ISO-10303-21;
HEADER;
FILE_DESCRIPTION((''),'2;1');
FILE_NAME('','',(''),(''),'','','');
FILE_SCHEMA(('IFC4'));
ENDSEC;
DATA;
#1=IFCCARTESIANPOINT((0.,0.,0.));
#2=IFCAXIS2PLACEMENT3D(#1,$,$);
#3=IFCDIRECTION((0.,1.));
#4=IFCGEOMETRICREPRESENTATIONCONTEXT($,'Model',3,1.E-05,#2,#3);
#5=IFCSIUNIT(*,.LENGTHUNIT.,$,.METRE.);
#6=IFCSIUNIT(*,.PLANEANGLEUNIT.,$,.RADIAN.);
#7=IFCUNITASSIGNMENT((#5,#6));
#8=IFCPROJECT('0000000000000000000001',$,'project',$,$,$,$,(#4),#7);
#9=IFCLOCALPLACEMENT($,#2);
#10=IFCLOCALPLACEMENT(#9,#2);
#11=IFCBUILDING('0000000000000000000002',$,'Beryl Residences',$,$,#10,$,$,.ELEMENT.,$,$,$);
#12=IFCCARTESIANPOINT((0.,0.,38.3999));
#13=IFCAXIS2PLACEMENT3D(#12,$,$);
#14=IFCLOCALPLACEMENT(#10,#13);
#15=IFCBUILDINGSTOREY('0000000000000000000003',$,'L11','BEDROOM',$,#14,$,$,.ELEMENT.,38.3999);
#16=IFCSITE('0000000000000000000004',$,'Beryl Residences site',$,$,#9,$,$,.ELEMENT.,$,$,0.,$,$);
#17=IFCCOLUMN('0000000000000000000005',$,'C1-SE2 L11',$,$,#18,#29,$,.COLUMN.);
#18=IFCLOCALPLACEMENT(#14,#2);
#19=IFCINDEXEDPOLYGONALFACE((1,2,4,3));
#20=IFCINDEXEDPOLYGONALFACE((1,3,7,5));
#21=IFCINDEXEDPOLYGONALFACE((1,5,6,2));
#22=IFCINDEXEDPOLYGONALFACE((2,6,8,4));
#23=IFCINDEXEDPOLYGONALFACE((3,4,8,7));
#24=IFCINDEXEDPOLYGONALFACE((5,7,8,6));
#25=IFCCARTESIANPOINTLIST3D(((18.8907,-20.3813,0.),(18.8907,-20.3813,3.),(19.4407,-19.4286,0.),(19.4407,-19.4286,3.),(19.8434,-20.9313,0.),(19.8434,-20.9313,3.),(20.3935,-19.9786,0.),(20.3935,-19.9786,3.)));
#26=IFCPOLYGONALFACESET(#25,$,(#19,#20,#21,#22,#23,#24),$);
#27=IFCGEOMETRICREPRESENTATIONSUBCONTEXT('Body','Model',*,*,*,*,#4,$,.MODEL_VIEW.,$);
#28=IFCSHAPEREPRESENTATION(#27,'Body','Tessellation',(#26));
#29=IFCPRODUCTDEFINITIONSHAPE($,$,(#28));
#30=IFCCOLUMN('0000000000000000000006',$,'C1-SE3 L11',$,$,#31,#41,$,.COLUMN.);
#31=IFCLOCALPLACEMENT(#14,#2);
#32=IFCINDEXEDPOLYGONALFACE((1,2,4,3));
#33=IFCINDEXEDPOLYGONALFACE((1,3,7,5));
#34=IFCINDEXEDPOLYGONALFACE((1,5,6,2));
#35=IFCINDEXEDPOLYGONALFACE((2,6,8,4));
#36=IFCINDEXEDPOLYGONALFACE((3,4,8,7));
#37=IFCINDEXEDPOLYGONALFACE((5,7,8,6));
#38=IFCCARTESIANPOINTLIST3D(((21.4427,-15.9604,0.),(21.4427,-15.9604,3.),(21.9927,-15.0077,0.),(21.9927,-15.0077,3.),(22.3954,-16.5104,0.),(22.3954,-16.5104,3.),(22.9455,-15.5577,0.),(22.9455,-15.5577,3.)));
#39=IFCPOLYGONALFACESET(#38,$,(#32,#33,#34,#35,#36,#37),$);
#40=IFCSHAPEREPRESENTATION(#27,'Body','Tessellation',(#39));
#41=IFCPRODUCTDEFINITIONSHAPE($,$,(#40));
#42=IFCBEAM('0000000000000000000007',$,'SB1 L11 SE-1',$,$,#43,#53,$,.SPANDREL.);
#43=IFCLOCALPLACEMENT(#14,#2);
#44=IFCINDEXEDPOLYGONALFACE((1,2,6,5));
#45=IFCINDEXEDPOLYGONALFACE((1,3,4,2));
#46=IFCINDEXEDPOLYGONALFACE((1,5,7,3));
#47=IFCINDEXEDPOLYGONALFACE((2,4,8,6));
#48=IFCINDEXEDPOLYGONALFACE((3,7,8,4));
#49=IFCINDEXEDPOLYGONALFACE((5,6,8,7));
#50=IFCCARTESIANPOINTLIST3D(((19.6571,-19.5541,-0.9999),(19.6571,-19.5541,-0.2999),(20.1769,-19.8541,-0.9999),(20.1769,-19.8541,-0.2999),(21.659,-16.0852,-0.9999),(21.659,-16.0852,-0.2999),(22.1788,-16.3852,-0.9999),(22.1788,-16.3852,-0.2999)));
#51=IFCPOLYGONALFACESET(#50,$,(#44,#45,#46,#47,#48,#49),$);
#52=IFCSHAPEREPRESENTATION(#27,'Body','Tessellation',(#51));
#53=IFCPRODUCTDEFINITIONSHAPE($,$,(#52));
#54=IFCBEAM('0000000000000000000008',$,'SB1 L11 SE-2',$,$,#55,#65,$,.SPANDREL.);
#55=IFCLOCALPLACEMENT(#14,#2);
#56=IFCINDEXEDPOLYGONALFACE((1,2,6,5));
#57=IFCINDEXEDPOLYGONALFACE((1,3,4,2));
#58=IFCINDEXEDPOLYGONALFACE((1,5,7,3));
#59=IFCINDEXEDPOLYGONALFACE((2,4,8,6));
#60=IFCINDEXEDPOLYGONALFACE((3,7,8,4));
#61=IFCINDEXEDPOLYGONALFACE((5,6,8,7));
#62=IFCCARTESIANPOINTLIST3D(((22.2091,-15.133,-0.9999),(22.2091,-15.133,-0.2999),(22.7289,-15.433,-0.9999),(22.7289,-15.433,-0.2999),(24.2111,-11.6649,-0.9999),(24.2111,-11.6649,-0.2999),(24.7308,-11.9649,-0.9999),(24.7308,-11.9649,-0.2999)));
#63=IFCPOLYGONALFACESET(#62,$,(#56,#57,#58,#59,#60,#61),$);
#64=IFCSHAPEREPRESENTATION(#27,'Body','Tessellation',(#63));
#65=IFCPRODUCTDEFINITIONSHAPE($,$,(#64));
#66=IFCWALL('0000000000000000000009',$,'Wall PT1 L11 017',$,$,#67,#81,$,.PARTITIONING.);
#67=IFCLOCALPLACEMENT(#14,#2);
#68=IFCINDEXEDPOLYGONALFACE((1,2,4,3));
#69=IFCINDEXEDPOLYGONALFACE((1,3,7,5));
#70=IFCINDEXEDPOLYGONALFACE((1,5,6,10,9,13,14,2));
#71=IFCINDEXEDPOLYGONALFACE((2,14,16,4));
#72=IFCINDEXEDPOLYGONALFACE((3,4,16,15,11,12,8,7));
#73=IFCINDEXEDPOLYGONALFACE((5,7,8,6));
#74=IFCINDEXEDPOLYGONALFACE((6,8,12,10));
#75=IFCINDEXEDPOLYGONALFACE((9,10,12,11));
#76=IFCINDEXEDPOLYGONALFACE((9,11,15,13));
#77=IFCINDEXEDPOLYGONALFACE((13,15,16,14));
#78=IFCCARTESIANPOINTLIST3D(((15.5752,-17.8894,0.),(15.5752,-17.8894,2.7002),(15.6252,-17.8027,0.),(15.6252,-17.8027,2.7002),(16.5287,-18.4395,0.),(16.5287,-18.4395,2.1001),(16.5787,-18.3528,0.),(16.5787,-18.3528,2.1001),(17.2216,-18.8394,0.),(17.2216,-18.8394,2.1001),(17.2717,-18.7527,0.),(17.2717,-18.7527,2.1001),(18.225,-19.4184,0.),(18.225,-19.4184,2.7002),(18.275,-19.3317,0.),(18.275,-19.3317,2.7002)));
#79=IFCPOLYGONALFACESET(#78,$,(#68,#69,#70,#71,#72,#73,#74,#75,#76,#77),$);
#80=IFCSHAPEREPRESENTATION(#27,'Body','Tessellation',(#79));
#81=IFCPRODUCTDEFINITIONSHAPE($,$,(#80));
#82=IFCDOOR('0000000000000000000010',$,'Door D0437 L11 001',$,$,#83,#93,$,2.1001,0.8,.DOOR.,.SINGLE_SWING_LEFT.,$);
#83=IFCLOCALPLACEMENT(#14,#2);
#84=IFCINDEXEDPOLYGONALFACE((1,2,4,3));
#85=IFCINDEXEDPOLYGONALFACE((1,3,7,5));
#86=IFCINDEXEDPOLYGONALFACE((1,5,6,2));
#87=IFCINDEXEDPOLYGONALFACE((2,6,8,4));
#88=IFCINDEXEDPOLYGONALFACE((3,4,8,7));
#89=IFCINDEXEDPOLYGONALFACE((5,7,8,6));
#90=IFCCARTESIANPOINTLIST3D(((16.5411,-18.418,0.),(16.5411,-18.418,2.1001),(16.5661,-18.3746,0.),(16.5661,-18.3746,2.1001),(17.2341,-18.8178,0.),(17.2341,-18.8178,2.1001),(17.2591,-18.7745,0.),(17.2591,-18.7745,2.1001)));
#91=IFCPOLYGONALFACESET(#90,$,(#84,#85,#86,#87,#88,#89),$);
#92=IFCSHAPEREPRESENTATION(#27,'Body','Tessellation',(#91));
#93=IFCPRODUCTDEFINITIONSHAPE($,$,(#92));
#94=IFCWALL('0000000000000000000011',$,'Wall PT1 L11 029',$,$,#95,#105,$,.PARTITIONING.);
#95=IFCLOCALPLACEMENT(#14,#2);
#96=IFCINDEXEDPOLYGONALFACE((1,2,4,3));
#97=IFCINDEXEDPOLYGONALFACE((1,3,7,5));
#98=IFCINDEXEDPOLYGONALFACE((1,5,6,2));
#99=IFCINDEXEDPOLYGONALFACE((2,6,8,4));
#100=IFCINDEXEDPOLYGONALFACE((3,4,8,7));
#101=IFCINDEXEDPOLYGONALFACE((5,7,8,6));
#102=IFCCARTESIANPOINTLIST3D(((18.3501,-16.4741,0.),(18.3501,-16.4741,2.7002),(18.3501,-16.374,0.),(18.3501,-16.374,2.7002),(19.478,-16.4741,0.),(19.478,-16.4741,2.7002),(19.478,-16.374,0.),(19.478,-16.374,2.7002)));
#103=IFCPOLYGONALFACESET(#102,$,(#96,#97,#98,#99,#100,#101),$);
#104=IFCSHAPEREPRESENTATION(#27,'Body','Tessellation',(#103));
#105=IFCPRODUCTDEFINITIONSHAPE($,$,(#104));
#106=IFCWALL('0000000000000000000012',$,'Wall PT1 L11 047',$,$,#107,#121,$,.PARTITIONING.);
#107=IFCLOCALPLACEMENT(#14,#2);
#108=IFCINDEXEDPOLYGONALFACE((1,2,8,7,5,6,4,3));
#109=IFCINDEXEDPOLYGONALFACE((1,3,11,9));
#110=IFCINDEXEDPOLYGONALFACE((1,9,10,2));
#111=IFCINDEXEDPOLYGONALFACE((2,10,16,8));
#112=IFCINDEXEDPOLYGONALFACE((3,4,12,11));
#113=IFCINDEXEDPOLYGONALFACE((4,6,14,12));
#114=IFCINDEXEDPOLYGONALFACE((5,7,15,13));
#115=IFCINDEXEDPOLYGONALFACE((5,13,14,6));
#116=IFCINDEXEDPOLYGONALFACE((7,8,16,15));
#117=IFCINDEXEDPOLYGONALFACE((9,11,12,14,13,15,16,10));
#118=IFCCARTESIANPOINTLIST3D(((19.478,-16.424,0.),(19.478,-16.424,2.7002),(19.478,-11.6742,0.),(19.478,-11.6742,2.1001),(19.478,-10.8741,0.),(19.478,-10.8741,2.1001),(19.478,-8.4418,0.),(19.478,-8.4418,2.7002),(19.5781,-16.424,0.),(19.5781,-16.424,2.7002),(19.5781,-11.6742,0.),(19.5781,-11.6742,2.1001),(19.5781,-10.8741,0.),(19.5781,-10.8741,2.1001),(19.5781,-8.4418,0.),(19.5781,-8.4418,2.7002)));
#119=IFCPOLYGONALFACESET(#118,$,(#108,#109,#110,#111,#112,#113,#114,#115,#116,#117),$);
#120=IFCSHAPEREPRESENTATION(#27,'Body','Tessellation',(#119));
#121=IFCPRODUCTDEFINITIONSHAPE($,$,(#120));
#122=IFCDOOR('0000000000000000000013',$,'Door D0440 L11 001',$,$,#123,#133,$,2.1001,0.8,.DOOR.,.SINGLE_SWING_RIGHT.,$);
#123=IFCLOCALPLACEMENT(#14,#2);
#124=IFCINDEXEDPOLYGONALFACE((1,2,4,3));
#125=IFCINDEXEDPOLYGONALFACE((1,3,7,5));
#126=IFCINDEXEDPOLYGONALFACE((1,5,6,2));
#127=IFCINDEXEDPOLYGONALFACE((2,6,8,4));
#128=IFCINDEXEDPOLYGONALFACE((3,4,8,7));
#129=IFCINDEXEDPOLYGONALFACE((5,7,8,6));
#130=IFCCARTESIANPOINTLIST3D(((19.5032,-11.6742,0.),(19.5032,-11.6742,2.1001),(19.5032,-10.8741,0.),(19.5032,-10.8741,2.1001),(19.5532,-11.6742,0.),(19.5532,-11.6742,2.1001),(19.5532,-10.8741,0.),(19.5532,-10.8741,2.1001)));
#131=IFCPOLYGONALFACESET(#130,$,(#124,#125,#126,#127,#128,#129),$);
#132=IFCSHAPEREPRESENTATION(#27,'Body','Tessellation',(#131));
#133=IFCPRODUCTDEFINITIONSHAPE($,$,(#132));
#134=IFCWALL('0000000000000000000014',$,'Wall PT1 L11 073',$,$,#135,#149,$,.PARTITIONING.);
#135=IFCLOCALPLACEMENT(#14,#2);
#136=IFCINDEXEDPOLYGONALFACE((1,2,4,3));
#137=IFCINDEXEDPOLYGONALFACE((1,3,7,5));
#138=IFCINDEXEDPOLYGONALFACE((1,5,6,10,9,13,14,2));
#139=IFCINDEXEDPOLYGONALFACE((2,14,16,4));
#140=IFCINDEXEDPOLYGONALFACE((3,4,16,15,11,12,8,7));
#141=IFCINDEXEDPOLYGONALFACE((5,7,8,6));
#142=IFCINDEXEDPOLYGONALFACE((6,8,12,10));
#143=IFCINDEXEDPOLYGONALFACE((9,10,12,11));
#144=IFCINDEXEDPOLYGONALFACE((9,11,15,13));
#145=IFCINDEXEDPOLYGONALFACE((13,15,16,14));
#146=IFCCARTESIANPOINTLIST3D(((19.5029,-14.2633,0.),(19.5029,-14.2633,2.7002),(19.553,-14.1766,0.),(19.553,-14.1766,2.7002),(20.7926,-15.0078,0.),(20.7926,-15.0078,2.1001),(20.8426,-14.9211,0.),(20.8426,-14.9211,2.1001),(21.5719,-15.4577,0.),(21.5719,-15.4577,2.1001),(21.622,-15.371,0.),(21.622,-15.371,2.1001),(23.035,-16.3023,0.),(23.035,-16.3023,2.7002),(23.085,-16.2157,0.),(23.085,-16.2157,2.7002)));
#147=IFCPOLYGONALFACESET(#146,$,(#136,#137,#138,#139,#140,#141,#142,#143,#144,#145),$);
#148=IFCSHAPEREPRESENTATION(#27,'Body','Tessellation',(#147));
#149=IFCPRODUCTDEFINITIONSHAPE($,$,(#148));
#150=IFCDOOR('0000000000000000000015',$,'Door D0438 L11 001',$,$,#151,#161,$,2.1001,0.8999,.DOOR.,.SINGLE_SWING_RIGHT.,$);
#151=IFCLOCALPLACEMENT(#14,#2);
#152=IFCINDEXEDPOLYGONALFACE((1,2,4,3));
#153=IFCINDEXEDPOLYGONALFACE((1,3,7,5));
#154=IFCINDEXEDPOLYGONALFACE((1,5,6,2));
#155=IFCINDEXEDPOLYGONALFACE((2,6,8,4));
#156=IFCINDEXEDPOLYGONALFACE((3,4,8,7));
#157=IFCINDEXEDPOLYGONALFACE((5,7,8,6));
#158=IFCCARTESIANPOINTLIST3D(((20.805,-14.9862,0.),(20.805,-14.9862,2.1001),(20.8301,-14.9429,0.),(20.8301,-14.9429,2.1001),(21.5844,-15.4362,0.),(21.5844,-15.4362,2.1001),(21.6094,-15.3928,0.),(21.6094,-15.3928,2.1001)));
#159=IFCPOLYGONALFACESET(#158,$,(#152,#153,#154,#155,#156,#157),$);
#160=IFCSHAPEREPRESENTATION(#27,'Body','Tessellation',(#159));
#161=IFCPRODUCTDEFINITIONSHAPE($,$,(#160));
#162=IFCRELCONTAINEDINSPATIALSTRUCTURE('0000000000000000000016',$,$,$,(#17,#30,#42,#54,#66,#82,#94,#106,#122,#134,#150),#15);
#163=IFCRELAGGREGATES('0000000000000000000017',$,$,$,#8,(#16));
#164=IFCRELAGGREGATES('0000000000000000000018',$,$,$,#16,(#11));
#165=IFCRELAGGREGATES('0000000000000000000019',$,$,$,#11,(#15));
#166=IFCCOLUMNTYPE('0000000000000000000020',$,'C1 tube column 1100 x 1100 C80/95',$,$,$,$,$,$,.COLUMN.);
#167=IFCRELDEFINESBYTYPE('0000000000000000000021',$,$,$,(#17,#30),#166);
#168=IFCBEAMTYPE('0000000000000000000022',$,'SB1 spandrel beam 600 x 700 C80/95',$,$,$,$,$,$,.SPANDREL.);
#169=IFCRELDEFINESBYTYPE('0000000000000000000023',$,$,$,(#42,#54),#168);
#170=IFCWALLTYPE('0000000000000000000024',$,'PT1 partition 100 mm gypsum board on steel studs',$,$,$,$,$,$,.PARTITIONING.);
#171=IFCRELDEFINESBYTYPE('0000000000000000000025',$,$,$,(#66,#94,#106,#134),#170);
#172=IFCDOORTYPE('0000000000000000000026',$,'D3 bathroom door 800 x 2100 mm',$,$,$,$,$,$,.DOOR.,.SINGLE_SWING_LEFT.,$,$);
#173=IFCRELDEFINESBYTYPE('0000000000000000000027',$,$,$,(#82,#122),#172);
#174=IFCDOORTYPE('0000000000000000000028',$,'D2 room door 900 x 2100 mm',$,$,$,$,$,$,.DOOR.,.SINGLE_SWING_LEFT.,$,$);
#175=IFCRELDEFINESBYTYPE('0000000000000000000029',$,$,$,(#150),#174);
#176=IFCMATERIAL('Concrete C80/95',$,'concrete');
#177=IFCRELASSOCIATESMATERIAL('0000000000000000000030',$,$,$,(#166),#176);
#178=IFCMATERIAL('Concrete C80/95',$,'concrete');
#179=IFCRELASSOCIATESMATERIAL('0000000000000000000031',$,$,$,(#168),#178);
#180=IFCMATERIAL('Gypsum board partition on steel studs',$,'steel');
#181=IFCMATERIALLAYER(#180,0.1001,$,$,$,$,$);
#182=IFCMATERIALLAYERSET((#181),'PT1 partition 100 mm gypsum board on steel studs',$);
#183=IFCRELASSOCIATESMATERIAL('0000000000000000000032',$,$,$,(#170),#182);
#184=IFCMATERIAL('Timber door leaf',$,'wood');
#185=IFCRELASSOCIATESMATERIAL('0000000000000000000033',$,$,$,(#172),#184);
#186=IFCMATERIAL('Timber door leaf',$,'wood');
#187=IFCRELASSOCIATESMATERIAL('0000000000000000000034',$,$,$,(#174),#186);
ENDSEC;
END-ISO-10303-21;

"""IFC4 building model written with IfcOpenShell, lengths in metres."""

from ifc_helpers import new_model, si_unit, direction, frame, frame_2d, origin, origin_2d, place, context, subcontext, project, spatial, rectangle, extrude, material, layer, layer_set, material_profile, profile_set, type_object, element, fill, save


model = new_model("IFC4")

# Units and contexts
model_context = context("Model", 3, precision=1e-05, world=origin(), true_north=direction((0.0, 1.0)))
body_context = subcontext(model_context, "Body", "Model", "MODEL_VIEW")
ifc_project = project(units=[si_unit("LENGTHUNIT", "METRE"), si_unit("PLANEANGLEUNIT", "RADIAN")], contexts=[model_context])

# Site, building, storey
site_placement = place(None, origin())
site = spatial("IfcSite", under=ifc_project, at=site_placement, Name="Beryl Residences site", CompositionType="ELEMENT", RefElevation=0.0)
building_placement = place(site_placement, origin())
building = spatial("IfcBuilding", under=site, at=building_placement, Name="Beryl Residences", CompositionType="ELEMENT")
storey_placement = place(building_placement, frame((0.0, 0.0, 38.3999)))
storey = spatial("IfcBuildingStorey", under=building, at=storey_placement, Name="L11", Description="BEDROOM", CompositionType="ELEMENT", Elevation=38.3999)

# Columns
ifc_material_1 = material(Name="Concrete C80/95", Category="concrete")
ifc_material_profile_1 = material_profile(ifc_material_1, rectangle(XDim=1.1001, YDim=1.1001, at=origin_2d()))
ifc_profile_set_1 = profile_set([ifc_material_profile_1], Name="Concrete C80/95")
column_type = type_object("IfcColumnType", Name="C1 tube column 1100 x 1100 C80/95", PredefinedType="COLUMN", material=ifc_profile_set_1)
for number, where, z_axis, x_axis, name in (
    (1, (19.6421, -20.1799, 0.0), (0.0, 0.0, 1.0), (0.499985, 0.866034, 0.0), "C1-SE2 L11"),
    (2, (22.1941, -15.759, 0.0), (0.0, 0.0, 1.0), (0.499985, 0.866034, 0.0), "C1-SE3 L11"),
):
    element("IfcColumn", number, at=place(storey_placement, frame(where, z_axis=z_axis, x_axis=x_axis)), inside=storey, type_object=column_type, Name=name, PredefinedType="COLUMN", context=body_context, shape_type="SweptSolid", body=[
        extrude(rectangle(XDim=1.1001, YDim=1.1001, at=origin_2d()), origin(), (0.0, 0.0, 1.0), 3.0),
    ])

# Beams
ifc_material_2 = material(Name="Concrete C80/95", Category="concrete")
ifc_material_profile_2 = material_profile(ifc_material_2, rectangle(XDim=0.6001, YDim=0.7, at=origin_2d()))
ifc_profile_set_2 = profile_set([ifc_material_profile_2], Name="Concrete C80/95")
beam_type = type_object("IfcBeamType", Name="SB1 spandrel beam 600 x 700 C80/95", PredefinedType="SPANDREL", material=ifc_profile_set_2)
beam_1_placement = place(storey_placement, frame((19.917, -19.7041, -0.6499), z_axis=(0.499837, 0.86612, 0.0), x_axis=(-0.86612, 0.499837, 0.0)))
element("IfcBeam", 3, at=beam_1_placement, inside=storey, type_object=beam_type, Name="SB1 L11 SE-1", PredefinedType="SPANDREL", context=body_context, shape_type="SweptSolid", body=[
    extrude(rectangle(XDim=0.6001, YDim=0.7, at=origin_2d()), origin(), (0.0, 0.0, 1.0), 4.0051),
])
beam_2_placement = place(storey_placement, frame((22.469, -15.283, -0.6499), z_axis=(0.499942, 0.866059, 0.0), x_axis=(-0.866059, 0.499942, 0.0)))
element("IfcBeam", 4, at=beam_2_placement, inside=storey, type_object=beam_type, Name="SB1 L11 SE-2", PredefinedType="SPANDREL", context=body_context, shape_type="SweptSolid", body=[
    extrude(rectangle(XDim=0.6001, YDim=0.7, at=origin_2d()), origin(), (0.0, 0.0, 1.0), 4.0044),
])

# Wall, opening, door
ifc_material_3 = material(Name="Gypsum board partition on steel studs", Category="steel")
ifc_layer = layer(ifc_material_3, 0.1001)
ifc_layer_set = layer_set([ifc_layer], Name="PT1 partition 100 mm gypsum board on steel studs")
wall_type = type_object("IfcWallType", Name="PT1 partition 100 mm gypsum board on steel studs", PredefinedType="PARTITIONING", material=ifc_layer_set)
wall_1_placement = place(storey_placement, frame((15.6001, -17.8459, 0.0), z_axis=(0.0, 0.0, 1.0), x_axis=(0.866148, -0.499787, 0.0)))
wall_1 = element("IfcWall", 5, at=wall_1_placement, inside=storey, type_object=wall_type, Name="Wall PT1 L11 017", PredefinedType="PARTITIONING", context=body_context, shape_type="SweptSolid", body=[
    extrude(rectangle(XDim=3.0593, YDim=0.1001, at=frame_2d((1.5298, 0.0))), origin(), (0.0, 0.0, 1.0), 2.7002),
])
opening_1_placement = place(wall_1_placement, frame((1.1011, 0.0, 0.0)))
opening_1 = element("IfcOpeningElement", 6, at=opening_1_placement, cuts=wall_1, PredefinedType="OPENING", context=body_context, shape_type="SweptSolid", body=[
    extrude(rectangle(XDim=0.8, YDim=2.1001, at=frame_2d((0.3999, 1.05))), frame((0.0, 0.0601, 0.0), z_axis=(0.0, -1.0, 0.0), x_axis=(1.0, 0.0, 0.0)), (0.0, 0.0, 1.0), 0.1201),
])
ifc_material_4 = material(Name="Timber door leaf", Category="wood")
door_type_1 = type_object("IfcDoorType", Name="D3 bathroom door 800 x 2100 mm", OperationType="SINGLE_SWING_LEFT", PredefinedType="DOOR", material=ifc_material_4)
door_1_placement = place(opening_1_placement, origin())
door_1 = element("IfcDoor", 7, at=door_1_placement, inside=storey, type_object=door_type_1, Name="Door D0437 L11 001", OperationType="SINGLE_SWING_LEFT", OverallHeight=2.1001, OverallWidth=0.8, PredefinedType="DOOR", context=body_context, shape_type="SweptSolid", body=[
    extrude(rectangle(XDim=0.8, YDim=2.1001, at=frame_2d((0.3999, 1.05))), frame((0.0, 0.0249, 0.0), z_axis=(0.0, -1.0, 0.0), x_axis=(1.0, 0.0, 0.0)), (0.0, 0.0, 1.0), 0.05),
])
fill(opening_1, door_1)

# Wall
wall_2_placement = place(storey_placement, frame((18.3501, -16.4241, 0.0), z_axis=(0.0, 0.0, 1.0), x_axis=(1.0, 0.0, 0.0)))
element("IfcWall", 8, at=wall_2_placement, inside=storey, type_object=wall_type, Name="Wall PT1 L11 029", PredefinedType="PARTITIONING", context=body_context, shape_type="SweptSolid", body=[
    extrude(rectangle(XDim=1.1279, YDim=0.1001, at=frame_2d((0.564, 0.0))), origin(), (0.0, 0.0, 1.0), 2.7002),
])

# Walls, openings, doors
wall_3_placement = place(storey_placement, frame((19.5281, -16.4241, 0.0), z_axis=(0.0, 0.0, 1.0), x_axis=(0.0, 1.0, 0.0)))
wall_3 = element("IfcWall", 9, at=wall_3_placement, inside=storey, type_object=wall_type, Name="Wall PT1 L11 047", PredefinedType="PARTITIONING", context=body_context, shape_type="SweptSolid", body=[
    extrude(rectangle(XDim=7.9822, YDim=0.1001, at=frame_2d((3.9912, 0.0))), origin(), (0.0, 0.0, 1.0), 2.7002),
])
opening_2_placement = place(wall_3_placement, frame((4.75, 0.0, 0.0)))
opening_2 = element("IfcOpeningElement", 10, at=opening_2_placement, cuts=wall_3, PredefinedType="OPENING", context=body_context, shape_type="SweptSolid", body=[
    extrude(rectangle(XDim=0.8, YDim=2.1001, at=frame_2d((0.3999, 1.05))), frame((0.0, 0.0601, 0.0), z_axis=(0.0, -1.0, 0.0), x_axis=(1.0, 0.0, 0.0)), (0.0, 0.0, 1.0), 0.1201),
])
door_2_placement = place(opening_2_placement, origin())
door_2 = element("IfcDoor", 11, at=door_2_placement, inside=storey, type_object=door_type_1, Name="Door D0440 L11 001", OperationType="SINGLE_SWING_RIGHT", OverallHeight=2.1001, OverallWidth=0.8, PredefinedType="DOOR", context=body_context, shape_type="SweptSolid", body=[
    extrude(rectangle(XDim=0.8, YDim=2.1001, at=frame_2d((0.3999, 1.05))), frame((0.0, 0.0249, 0.0), z_axis=(0.0, -1.0, 0.0), x_axis=(1.0, 0.0, 0.0)), (0.0, 0.0, 1.0), 0.05),
])
fill(opening_2, door_2)
wall_4_placement = place(storey_placement, frame((19.5281, -14.22, 0.0), z_axis=(0.0, 0.0, 1.0), x_axis=(0.866039, -0.499976, 0.0)))
wall_4 = element("IfcWall", 12, at=wall_4_placement, inside=storey, type_object=wall_type, Name="Wall PT1 L11 073", PredefinedType="PARTITIONING", context=body_context, shape_type="SweptSolid", body=[
    extrude(rectangle(XDim=4.0784, YDim=0.1001, at=frame_2d((2.0391, 0.0))), origin(), (0.0, 0.0, 1.0), 2.7002),
])
opening_3_placement = place(wall_4_placement, frame((1.489, 0.0, 0.0)))
opening_3 = element("IfcOpeningElement", 13, at=opening_3_placement, cuts=wall_4, PredefinedType="OPENING", context=body_context, shape_type="SweptSolid", body=[
    extrude(rectangle(XDim=0.8999, YDim=2.1001, at=frame_2d((0.45, 1.05))), frame((0.0, 0.0601, 0.0), z_axis=(0.0, -1.0, 0.0), x_axis=(1.0, 0.0, 0.0)), (0.0, 0.0, 1.0), 0.1201),
])
ifc_material_5 = material(Name="Timber door leaf", Category="wood")
door_type_2 = type_object("IfcDoorType", Name="D2 room door 900 x 2100 mm", OperationType="SINGLE_SWING_LEFT", PredefinedType="DOOR", material=ifc_material_5)
door_3_placement = place(opening_3_placement, origin())
door_3 = element("IfcDoor", 14, at=door_3_placement, inside=storey, type_object=door_type_2, Name="Door D0438 L11 001", OperationType="SINGLE_SWING_RIGHT", OverallHeight=2.1001, OverallWidth=0.8999, PredefinedType="DOOR", context=body_context, shape_type="SweptSolid", body=[
    extrude(rectangle(XDim=0.8999, YDim=2.1001, at=frame_2d((0.45, 1.05))), frame((0.0, 0.0249, 0.0), z_axis=(0.0, -1.0, 0.0), x_axis=(1.0, 0.0, 0.0)), (0.0, 0.0, 1.0), 0.05),
])
fill(opening_3, door_3)

save(model, "model.ifc")
